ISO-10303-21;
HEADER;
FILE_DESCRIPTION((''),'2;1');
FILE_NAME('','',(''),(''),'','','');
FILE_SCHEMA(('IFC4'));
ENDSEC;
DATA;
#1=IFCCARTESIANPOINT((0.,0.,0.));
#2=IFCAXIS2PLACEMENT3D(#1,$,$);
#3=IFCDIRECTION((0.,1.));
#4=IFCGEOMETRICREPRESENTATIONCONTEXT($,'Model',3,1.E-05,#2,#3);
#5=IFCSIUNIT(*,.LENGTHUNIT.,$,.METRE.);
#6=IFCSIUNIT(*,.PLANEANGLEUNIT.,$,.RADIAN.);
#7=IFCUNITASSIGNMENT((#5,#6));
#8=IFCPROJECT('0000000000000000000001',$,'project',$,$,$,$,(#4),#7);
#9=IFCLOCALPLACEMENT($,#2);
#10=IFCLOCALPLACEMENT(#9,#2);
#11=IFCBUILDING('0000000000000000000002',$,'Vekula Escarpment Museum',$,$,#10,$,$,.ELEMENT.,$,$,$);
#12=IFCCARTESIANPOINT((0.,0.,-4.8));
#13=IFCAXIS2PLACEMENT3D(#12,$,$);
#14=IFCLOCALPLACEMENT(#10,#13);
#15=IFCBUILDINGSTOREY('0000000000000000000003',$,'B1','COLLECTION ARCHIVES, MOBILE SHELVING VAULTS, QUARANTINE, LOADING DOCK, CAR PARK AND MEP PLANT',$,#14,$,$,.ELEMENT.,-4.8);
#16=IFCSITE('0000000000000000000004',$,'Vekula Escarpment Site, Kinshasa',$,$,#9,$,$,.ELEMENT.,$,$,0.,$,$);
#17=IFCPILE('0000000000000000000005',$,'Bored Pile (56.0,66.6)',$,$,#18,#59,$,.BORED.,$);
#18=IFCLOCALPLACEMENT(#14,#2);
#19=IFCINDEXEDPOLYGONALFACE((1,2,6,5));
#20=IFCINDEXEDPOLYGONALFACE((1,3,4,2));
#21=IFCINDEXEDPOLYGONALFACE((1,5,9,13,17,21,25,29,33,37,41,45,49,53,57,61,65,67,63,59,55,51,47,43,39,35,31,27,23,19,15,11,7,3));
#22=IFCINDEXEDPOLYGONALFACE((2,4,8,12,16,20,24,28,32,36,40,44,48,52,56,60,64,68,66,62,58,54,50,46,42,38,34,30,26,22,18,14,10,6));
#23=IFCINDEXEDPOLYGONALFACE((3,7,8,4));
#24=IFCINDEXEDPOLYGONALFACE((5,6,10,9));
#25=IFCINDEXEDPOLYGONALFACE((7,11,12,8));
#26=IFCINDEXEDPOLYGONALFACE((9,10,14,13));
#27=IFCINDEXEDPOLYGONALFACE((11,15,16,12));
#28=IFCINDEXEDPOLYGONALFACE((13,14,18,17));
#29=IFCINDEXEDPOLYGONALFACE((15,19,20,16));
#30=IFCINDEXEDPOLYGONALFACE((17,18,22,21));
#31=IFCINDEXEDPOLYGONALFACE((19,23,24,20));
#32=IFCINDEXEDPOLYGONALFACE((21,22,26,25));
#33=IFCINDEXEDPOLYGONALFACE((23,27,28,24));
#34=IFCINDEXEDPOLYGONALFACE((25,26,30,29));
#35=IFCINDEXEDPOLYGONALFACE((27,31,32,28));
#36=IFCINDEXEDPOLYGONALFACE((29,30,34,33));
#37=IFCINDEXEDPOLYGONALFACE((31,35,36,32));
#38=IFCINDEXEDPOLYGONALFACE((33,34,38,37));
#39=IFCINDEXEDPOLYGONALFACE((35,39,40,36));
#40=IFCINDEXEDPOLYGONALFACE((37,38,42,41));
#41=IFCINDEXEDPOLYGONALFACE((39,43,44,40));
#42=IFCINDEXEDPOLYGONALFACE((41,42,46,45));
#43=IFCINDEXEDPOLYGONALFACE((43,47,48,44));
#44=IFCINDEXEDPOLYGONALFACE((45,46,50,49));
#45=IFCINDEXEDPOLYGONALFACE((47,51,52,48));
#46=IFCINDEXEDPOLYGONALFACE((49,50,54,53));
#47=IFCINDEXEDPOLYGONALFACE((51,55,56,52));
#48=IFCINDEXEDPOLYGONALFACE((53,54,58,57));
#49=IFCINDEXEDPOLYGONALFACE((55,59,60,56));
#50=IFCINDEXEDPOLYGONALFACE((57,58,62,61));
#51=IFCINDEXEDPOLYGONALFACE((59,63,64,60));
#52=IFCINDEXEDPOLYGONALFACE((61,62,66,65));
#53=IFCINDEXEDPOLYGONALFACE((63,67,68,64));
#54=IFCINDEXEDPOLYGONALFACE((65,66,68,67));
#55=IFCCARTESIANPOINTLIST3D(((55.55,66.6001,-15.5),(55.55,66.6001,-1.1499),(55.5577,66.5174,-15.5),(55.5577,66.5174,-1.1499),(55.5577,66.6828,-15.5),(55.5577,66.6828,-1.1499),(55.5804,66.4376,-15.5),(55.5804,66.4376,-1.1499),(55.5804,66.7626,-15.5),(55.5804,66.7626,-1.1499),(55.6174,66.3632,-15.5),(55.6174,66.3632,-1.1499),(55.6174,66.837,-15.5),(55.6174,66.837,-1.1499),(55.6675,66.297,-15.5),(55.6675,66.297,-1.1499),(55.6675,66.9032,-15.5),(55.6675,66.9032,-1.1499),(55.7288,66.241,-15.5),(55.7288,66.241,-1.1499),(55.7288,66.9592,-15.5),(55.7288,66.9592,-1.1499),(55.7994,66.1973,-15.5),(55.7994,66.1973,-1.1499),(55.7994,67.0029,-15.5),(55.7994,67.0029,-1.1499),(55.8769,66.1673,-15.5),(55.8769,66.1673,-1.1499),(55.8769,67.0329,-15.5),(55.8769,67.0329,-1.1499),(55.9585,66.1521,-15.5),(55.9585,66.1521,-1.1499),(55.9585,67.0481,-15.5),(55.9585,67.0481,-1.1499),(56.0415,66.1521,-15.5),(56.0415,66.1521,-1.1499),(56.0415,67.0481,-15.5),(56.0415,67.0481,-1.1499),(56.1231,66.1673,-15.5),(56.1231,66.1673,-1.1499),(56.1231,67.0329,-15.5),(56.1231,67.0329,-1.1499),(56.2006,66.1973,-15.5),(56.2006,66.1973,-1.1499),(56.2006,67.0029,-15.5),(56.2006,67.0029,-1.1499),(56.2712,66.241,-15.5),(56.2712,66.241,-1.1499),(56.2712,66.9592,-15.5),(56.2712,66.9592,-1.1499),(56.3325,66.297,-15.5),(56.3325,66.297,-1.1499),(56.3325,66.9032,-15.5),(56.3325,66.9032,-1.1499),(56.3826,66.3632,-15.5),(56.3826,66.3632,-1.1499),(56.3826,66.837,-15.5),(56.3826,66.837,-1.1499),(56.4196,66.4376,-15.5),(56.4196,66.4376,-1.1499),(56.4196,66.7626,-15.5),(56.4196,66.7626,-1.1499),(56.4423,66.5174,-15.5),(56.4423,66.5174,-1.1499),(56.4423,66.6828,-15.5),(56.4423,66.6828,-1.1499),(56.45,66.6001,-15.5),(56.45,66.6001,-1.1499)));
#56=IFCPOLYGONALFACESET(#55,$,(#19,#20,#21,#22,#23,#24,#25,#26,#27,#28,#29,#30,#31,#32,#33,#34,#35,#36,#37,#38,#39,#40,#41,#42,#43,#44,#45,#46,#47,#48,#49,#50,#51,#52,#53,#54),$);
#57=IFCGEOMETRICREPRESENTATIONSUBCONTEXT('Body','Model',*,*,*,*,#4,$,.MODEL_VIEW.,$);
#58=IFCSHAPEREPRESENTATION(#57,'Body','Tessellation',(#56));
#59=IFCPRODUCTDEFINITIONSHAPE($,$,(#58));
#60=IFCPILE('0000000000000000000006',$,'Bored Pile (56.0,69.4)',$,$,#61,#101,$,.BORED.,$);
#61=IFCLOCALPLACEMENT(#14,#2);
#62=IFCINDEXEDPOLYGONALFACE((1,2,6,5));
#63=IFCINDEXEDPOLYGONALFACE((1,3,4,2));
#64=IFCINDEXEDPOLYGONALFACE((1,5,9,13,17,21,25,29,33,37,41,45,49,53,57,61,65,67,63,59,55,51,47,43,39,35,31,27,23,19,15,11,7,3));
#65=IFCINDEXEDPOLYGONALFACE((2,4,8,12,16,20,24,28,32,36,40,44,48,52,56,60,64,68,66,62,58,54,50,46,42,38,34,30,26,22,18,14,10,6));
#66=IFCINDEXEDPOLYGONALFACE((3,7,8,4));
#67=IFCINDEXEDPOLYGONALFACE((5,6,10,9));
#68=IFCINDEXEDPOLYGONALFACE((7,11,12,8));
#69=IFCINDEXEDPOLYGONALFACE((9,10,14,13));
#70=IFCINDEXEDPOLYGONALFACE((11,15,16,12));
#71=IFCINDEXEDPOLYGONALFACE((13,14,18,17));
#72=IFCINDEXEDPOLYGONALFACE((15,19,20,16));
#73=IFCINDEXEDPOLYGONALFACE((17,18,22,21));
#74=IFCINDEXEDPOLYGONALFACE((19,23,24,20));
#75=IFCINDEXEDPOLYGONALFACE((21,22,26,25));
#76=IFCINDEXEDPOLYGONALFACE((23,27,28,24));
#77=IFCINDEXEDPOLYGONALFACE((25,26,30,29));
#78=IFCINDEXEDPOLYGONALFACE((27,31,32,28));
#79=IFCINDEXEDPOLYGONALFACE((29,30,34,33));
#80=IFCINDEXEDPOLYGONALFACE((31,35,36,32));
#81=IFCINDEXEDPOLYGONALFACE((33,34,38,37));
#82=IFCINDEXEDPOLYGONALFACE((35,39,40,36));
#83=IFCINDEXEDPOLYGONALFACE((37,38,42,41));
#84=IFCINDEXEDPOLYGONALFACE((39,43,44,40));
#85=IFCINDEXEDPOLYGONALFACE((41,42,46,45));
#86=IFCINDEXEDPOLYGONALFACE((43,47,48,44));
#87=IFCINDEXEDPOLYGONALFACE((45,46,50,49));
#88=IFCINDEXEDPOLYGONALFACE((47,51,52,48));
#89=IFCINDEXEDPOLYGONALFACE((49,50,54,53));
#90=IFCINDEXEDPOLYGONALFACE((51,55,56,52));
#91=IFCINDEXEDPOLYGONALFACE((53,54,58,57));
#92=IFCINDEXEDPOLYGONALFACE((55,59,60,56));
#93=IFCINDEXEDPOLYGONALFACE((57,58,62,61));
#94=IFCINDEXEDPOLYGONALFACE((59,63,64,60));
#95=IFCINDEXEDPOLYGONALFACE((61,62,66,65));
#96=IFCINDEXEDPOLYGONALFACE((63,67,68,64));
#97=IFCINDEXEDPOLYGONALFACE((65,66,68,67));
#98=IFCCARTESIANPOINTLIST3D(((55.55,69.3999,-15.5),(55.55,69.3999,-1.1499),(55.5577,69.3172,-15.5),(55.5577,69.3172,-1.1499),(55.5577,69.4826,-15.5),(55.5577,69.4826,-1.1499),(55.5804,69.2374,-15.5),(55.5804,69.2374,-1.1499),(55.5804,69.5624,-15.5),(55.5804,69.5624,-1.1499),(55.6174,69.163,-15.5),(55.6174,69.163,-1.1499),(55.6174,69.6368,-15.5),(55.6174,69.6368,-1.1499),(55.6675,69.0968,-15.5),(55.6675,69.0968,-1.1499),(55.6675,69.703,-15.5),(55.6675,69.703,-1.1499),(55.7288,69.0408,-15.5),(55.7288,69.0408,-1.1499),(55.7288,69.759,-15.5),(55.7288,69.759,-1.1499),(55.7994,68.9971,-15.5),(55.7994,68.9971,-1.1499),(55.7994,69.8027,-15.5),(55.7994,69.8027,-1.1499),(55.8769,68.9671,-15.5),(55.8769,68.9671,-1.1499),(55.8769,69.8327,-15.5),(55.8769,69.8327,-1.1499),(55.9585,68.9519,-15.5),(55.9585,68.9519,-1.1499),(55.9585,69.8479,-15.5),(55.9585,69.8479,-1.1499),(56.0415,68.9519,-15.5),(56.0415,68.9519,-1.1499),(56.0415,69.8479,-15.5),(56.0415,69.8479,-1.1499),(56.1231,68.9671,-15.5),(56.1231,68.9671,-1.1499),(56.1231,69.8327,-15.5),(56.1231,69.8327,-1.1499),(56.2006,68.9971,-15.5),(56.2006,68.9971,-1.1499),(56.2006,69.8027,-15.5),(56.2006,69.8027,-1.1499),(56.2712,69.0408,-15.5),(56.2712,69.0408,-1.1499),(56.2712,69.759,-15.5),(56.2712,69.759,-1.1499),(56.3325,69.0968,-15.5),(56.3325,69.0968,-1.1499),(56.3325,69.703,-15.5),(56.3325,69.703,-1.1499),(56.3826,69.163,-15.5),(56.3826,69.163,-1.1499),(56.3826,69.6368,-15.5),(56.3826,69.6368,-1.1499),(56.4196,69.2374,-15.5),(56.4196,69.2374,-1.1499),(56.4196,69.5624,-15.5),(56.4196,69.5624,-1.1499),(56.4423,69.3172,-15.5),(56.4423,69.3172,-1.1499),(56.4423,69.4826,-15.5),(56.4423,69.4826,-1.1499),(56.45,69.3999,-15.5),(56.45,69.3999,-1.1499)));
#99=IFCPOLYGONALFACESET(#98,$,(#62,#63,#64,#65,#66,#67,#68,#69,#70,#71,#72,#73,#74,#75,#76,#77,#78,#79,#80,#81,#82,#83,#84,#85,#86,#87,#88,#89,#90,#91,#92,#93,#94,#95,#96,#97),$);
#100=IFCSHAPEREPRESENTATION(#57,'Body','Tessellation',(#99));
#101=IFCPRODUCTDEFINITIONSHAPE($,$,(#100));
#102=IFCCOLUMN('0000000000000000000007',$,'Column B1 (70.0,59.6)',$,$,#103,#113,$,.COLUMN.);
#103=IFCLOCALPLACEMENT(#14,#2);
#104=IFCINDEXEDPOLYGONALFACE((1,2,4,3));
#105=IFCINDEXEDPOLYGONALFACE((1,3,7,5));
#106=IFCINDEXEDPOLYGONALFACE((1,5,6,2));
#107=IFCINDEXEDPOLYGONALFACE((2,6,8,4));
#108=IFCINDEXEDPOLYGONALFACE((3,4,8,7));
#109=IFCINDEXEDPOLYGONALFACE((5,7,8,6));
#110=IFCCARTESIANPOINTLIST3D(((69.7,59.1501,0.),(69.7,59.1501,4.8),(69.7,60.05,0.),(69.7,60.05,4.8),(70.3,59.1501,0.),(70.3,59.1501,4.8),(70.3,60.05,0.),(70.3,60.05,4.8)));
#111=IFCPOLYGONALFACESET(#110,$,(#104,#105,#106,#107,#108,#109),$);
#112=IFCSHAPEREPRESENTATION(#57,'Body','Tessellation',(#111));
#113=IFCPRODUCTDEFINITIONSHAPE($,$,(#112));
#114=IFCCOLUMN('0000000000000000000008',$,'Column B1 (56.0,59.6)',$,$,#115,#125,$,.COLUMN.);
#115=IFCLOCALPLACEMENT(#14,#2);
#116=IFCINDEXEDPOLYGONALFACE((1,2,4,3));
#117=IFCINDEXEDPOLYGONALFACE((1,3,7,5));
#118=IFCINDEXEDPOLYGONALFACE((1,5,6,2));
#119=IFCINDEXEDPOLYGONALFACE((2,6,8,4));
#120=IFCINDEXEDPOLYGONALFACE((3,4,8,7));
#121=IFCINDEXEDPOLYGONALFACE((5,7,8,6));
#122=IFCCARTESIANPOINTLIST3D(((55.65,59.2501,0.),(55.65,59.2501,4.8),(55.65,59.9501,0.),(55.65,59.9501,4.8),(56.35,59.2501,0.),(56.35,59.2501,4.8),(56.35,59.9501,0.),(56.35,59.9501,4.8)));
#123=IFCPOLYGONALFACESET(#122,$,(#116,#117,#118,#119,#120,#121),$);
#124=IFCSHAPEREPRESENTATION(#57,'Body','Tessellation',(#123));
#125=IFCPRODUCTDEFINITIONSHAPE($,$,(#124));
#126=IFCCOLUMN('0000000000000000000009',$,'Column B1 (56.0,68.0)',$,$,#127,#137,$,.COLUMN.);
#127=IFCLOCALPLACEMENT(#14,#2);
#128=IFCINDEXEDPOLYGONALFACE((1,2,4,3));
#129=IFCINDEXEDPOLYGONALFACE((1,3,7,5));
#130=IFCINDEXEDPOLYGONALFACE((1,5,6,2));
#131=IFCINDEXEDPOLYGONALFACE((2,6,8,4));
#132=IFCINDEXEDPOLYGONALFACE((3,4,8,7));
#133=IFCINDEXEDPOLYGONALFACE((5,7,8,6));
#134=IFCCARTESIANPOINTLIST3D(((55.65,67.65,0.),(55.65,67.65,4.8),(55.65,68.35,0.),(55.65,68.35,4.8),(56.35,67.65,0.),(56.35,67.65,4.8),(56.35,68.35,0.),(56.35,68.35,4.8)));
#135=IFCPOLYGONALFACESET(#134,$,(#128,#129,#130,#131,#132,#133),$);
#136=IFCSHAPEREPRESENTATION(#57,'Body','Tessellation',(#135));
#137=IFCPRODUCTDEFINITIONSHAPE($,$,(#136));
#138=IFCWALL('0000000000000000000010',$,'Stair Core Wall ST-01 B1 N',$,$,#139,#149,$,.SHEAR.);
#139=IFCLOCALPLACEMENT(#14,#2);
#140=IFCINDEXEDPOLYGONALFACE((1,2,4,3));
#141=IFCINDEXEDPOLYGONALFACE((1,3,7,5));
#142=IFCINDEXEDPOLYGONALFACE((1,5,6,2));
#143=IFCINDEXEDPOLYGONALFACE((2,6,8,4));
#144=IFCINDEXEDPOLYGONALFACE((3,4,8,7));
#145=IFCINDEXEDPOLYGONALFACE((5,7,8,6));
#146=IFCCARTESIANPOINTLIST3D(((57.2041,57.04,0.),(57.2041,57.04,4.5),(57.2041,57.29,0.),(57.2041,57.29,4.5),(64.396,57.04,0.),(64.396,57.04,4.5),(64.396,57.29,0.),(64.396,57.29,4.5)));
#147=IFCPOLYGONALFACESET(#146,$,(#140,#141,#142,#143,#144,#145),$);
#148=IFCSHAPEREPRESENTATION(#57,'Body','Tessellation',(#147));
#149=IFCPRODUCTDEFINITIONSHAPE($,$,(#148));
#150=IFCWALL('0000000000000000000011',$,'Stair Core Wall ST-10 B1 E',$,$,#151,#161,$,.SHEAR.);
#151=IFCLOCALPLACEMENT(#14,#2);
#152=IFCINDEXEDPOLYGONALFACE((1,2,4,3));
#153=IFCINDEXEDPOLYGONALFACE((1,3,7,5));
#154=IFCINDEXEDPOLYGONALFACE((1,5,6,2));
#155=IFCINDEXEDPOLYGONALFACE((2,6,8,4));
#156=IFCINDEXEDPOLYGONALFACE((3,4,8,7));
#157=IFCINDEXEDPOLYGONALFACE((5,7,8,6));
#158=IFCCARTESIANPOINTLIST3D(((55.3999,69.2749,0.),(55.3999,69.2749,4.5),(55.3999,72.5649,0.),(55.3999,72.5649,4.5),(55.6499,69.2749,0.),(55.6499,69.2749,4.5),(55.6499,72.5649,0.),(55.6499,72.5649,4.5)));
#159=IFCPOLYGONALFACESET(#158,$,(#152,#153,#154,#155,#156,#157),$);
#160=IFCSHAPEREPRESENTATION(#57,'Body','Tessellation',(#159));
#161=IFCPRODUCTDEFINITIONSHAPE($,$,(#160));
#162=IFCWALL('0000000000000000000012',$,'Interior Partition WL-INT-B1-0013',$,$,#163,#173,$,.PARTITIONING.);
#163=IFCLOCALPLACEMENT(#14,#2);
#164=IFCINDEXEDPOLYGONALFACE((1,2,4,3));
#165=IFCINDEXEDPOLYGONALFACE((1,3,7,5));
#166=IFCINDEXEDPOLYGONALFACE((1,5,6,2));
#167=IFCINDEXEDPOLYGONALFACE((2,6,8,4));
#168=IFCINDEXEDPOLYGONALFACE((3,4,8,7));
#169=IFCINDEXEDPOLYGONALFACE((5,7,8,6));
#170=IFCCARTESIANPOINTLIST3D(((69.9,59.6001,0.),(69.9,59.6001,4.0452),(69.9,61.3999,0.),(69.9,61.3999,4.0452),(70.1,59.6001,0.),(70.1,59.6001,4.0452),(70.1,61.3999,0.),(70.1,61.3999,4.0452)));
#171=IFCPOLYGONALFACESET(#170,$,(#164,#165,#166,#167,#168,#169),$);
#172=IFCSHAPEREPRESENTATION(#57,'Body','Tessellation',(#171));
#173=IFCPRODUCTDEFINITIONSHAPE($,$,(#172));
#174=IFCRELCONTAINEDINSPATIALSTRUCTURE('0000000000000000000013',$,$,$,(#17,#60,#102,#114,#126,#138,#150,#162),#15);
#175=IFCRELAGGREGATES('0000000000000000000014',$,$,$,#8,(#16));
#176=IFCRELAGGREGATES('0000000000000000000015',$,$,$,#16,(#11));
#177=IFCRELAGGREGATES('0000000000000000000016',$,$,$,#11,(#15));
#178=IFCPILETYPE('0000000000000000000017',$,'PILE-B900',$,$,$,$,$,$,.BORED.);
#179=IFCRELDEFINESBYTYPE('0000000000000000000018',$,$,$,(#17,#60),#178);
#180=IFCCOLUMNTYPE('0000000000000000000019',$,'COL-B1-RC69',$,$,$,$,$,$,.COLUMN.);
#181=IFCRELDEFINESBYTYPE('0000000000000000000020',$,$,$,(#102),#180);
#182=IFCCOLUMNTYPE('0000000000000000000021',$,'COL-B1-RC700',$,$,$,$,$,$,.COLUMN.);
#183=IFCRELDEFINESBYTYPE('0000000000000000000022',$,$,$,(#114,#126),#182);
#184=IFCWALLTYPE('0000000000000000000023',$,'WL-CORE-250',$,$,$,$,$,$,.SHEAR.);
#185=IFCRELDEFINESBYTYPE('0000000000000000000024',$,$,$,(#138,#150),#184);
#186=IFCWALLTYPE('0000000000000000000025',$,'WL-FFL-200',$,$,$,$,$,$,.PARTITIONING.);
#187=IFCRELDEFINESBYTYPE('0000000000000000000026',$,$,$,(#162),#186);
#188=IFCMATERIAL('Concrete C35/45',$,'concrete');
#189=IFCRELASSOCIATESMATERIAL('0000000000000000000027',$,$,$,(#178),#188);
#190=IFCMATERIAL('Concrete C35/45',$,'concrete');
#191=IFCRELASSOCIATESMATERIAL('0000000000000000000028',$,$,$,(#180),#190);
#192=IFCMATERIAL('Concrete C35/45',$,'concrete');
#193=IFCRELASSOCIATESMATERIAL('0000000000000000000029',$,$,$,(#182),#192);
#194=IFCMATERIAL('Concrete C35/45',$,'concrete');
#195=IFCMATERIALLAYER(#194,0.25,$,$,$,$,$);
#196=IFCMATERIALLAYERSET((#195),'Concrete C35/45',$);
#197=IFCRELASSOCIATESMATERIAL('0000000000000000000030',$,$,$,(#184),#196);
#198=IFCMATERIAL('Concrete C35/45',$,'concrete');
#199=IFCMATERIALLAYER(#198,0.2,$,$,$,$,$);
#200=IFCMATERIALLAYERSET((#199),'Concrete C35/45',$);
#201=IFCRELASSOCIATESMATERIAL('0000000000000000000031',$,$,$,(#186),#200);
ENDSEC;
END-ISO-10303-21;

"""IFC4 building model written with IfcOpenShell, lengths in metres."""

from ifc_helpers import new_model, si_unit, direction, frame, frame_2d, origin, origin_2d, place, context, subcontext, project, spatial, rectangle, circle, extrude, material, layer, layer_set, material_profile, profile_set, type_object, element, save


model = new_model("IFC4")

# Units and contexts
model_context = context("Model", 3, precision=1e-05, world=origin(), true_north=direction((0.0, 1.0)))
body_context = subcontext(model_context, "Body", "Model", "MODEL_VIEW")
ifc_project = project(units=[si_unit("LENGTHUNIT", "METRE"), si_unit("PLANEANGLEUNIT", "RADIAN")], contexts=[model_context])

# Site, building, storey
site_placement = place(None, origin())
site = spatial("IfcSite", under=ifc_project, at=site_placement, Name="Vekula Escarpment Site, Kinshasa", CompositionType="ELEMENT", RefElevation=0.0)
building_placement = place(site_placement, origin())
building = spatial("IfcBuilding", under=site, at=building_placement, Name="Vekula Escarpment Museum", CompositionType="ELEMENT")
storey_placement = place(building_placement, frame((0.0, 0.0, -4.8)))
storey = spatial("IfcBuildingStorey", under=building, at=storey_placement, Name="B1", Description="COLLECTION ARCHIVES, MOBILE SHELVING VAULTS, QUARANTINE, LOADING DOCK, CAR PARK AND MEP PLANT", CompositionType="ELEMENT", Elevation=-4.8)

# Piles
ifc_material_1 = material(Name="Concrete C35/45", Category="concrete")
ifc_material_profile_1 = material_profile(ifc_material_1, circle(Radius=0.45, at=origin_2d()), Name="BORED PILE 900")
ifc_profile_set_1 = profile_set([ifc_material_profile_1], Name="Concrete C35/45")
pile_type_1 = type_object("IfcPileType", Name="PILE-B900", PredefinedType="BORED", material=ifc_profile_set_1)
for number, where, z_axis, x_axis, name in (
    (1, (56.0, 66.6001, -1.1499), (0.0, 0.0, -1.0), (1.0, 0.0, 0.0), "Bored Pile (56.0,66.6)"),
    (2, (56.0, 69.3999, -1.1499), (0.0, 0.0, -1.0), (1.0, 0.0, 0.0), "Bored Pile (56.0,69.4)"),
):
    element("IfcPile", number, at=place(storey_placement, frame(where, z_axis=z_axis, x_axis=x_axis)), inside=storey, type_object=pile_type_1, Name=name, PredefinedType="BORED", context=body_context, shape_type="SweptSolid", body=[
        extrude(circle(Radius=0.45, at=origin_2d()), origin(), (0.0, 0.0, 1.0), 14.3501),
    ])

# Columns
ifc_material_2 = material(Name="Concrete C35/45", Category="concrete")
ifc_material_profile_2 = material_profile(ifc_material_2, rectangle(XDim=0.6001, YDim=0.8999, at=origin_2d()), Name="RC 600x900")
ifc_profile_set_2 = profile_set([ifc_material_profile_2], Name="Concrete C35/45")
column_type_1 = type_object("IfcColumnType", Name="COL-B1-RC69", PredefinedType="COLUMN", material=ifc_profile_set_2)
column_placement = place(storey_placement, frame((70.0, 59.6001, 0.0), z_axis=(0.0, 0.0, 1.0), x_axis=(1.0, 0.0, 0.0)))
element("IfcColumn", 3, at=column_placement, inside=storey, type_object=column_type_1, Name="Column B1 (70.0,59.6)", PredefinedType="COLUMN", context=body_context, shape_type="SweptSolid", body=[
    extrude(rectangle(XDim=0.6001, YDim=0.8999, at=origin_2d()), origin(), (0.0, 0.0, 1.0), 4.8),
])
ifc_material_3 = material(Name="Concrete C35/45", Category="concrete")
ifc_material_profile_3 = material_profile(ifc_material_3, rectangle(XDim=0.7, YDim=0.7, at=origin_2d()), Name="RC 700x700")
ifc_profile_set_3 = profile_set([ifc_material_profile_3], Name="Concrete C35/45")
column_type_2 = type_object("IfcColumnType", Name="COL-B1-RC700", PredefinedType="COLUMN", material=ifc_profile_set_3)
for number, where, z_axis, x_axis, name in (
    (4, (56.0, 59.6001, 0.0), (0.0, 0.0, 1.0), (1.0, 0.0, 0.0), "Column B1 (56.0,59.6)"),
    (5, (56.0, 68.0, 0.0), (0.0, 0.0, 1.0), (1.0, 0.0, 0.0), "Column B1 (56.0,68.0)"),
):
    element("IfcColumn", number, at=place(storey_placement, frame(where, z_axis=z_axis, x_axis=x_axis)), inside=storey, type_object=column_type_2, Name=name, PredefinedType="COLUMN", context=body_context, shape_type="SweptSolid", body=[
        extrude(rectangle(XDim=0.7, YDim=0.7, at=origin_2d()), origin(), (0.0, 0.0, 1.0), 4.8),
    ])

# Walls
ifc_material_4 = material(Name="Concrete C35/45", Category="concrete")
ifc_layer_1 = layer(ifc_material_4, 0.25)
ifc_layer_set_1 = layer_set([ifc_layer_1], Name="Concrete C35/45")
wall_type_1 = type_object("IfcWallType", Name="WL-CORE-250", PredefinedType="SHEAR", material=ifc_layer_set_1)
wall_1_placement = place(storey_placement, frame((57.2041, 57.165, 0.0), z_axis=(0.0, 0.0, 1.0), x_axis=(1.0, 0.0, 0.0)))
element("IfcWall", 6, at=wall_1_placement, inside=storey, type_object=wall_type_1, Name="Stair Core Wall ST-01 B1 N", PredefinedType="SHEAR", context=body_context, shape_type="SweptSolid", body=[
    extrude(rectangle(XDim=7.1919, YDim=0.25, at=frame_2d((3.5959, 0.0))), origin(), (0.0, 0.0, 1.0), 4.5),
])
wall_2_placement = place(storey_placement, frame((55.5249, 69.2749, 0.0), z_axis=(0.0, 0.0, 1.0), x_axis=(0.0, 1.0, 0.0)))
element("IfcWall", 7, at=wall_2_placement, inside=storey, type_object=wall_type_1, Name="Stair Core Wall ST-10 B1 E", PredefinedType="SHEAR", context=body_context, shape_type="SweptSolid", body=[
    extrude(rectangle(XDim=3.29, YDim=0.25, at=frame_2d((1.645, 0.0))), origin(), (0.0, 0.0, 1.0), 4.5),
])
ifc_material_5 = material(Name="Concrete C35/45", Category="concrete")
ifc_layer_2 = layer(ifc_material_5, 0.2)
ifc_layer_set_2 = layer_set([ifc_layer_2], Name="Concrete C35/45")
wall_type_2 = type_object("IfcWallType", Name="WL-FFL-200", PredefinedType="PARTITIONING", material=ifc_layer_set_2)
wall_3_placement = place(storey_placement, frame((70.0, 59.6001, 0.0), z_axis=(0.0, 0.0, 1.0), x_axis=(0.0, 1.0, 0.0)))
element("IfcWall", 8, at=wall_3_placement, inside=storey, type_object=wall_type_2, Name="Interior Partition WL-INT-B1-0013", PredefinedType="PARTITIONING", context=body_context, shape_type="SweptSolid", body=[
    extrude(rectangle(XDim=1.7998, YDim=0.2, at=frame_2d((0.8999, 0.0))), origin(), (0.0, 0.0, 1.0), 4.0452),
])

save(model, "model.ifc")
